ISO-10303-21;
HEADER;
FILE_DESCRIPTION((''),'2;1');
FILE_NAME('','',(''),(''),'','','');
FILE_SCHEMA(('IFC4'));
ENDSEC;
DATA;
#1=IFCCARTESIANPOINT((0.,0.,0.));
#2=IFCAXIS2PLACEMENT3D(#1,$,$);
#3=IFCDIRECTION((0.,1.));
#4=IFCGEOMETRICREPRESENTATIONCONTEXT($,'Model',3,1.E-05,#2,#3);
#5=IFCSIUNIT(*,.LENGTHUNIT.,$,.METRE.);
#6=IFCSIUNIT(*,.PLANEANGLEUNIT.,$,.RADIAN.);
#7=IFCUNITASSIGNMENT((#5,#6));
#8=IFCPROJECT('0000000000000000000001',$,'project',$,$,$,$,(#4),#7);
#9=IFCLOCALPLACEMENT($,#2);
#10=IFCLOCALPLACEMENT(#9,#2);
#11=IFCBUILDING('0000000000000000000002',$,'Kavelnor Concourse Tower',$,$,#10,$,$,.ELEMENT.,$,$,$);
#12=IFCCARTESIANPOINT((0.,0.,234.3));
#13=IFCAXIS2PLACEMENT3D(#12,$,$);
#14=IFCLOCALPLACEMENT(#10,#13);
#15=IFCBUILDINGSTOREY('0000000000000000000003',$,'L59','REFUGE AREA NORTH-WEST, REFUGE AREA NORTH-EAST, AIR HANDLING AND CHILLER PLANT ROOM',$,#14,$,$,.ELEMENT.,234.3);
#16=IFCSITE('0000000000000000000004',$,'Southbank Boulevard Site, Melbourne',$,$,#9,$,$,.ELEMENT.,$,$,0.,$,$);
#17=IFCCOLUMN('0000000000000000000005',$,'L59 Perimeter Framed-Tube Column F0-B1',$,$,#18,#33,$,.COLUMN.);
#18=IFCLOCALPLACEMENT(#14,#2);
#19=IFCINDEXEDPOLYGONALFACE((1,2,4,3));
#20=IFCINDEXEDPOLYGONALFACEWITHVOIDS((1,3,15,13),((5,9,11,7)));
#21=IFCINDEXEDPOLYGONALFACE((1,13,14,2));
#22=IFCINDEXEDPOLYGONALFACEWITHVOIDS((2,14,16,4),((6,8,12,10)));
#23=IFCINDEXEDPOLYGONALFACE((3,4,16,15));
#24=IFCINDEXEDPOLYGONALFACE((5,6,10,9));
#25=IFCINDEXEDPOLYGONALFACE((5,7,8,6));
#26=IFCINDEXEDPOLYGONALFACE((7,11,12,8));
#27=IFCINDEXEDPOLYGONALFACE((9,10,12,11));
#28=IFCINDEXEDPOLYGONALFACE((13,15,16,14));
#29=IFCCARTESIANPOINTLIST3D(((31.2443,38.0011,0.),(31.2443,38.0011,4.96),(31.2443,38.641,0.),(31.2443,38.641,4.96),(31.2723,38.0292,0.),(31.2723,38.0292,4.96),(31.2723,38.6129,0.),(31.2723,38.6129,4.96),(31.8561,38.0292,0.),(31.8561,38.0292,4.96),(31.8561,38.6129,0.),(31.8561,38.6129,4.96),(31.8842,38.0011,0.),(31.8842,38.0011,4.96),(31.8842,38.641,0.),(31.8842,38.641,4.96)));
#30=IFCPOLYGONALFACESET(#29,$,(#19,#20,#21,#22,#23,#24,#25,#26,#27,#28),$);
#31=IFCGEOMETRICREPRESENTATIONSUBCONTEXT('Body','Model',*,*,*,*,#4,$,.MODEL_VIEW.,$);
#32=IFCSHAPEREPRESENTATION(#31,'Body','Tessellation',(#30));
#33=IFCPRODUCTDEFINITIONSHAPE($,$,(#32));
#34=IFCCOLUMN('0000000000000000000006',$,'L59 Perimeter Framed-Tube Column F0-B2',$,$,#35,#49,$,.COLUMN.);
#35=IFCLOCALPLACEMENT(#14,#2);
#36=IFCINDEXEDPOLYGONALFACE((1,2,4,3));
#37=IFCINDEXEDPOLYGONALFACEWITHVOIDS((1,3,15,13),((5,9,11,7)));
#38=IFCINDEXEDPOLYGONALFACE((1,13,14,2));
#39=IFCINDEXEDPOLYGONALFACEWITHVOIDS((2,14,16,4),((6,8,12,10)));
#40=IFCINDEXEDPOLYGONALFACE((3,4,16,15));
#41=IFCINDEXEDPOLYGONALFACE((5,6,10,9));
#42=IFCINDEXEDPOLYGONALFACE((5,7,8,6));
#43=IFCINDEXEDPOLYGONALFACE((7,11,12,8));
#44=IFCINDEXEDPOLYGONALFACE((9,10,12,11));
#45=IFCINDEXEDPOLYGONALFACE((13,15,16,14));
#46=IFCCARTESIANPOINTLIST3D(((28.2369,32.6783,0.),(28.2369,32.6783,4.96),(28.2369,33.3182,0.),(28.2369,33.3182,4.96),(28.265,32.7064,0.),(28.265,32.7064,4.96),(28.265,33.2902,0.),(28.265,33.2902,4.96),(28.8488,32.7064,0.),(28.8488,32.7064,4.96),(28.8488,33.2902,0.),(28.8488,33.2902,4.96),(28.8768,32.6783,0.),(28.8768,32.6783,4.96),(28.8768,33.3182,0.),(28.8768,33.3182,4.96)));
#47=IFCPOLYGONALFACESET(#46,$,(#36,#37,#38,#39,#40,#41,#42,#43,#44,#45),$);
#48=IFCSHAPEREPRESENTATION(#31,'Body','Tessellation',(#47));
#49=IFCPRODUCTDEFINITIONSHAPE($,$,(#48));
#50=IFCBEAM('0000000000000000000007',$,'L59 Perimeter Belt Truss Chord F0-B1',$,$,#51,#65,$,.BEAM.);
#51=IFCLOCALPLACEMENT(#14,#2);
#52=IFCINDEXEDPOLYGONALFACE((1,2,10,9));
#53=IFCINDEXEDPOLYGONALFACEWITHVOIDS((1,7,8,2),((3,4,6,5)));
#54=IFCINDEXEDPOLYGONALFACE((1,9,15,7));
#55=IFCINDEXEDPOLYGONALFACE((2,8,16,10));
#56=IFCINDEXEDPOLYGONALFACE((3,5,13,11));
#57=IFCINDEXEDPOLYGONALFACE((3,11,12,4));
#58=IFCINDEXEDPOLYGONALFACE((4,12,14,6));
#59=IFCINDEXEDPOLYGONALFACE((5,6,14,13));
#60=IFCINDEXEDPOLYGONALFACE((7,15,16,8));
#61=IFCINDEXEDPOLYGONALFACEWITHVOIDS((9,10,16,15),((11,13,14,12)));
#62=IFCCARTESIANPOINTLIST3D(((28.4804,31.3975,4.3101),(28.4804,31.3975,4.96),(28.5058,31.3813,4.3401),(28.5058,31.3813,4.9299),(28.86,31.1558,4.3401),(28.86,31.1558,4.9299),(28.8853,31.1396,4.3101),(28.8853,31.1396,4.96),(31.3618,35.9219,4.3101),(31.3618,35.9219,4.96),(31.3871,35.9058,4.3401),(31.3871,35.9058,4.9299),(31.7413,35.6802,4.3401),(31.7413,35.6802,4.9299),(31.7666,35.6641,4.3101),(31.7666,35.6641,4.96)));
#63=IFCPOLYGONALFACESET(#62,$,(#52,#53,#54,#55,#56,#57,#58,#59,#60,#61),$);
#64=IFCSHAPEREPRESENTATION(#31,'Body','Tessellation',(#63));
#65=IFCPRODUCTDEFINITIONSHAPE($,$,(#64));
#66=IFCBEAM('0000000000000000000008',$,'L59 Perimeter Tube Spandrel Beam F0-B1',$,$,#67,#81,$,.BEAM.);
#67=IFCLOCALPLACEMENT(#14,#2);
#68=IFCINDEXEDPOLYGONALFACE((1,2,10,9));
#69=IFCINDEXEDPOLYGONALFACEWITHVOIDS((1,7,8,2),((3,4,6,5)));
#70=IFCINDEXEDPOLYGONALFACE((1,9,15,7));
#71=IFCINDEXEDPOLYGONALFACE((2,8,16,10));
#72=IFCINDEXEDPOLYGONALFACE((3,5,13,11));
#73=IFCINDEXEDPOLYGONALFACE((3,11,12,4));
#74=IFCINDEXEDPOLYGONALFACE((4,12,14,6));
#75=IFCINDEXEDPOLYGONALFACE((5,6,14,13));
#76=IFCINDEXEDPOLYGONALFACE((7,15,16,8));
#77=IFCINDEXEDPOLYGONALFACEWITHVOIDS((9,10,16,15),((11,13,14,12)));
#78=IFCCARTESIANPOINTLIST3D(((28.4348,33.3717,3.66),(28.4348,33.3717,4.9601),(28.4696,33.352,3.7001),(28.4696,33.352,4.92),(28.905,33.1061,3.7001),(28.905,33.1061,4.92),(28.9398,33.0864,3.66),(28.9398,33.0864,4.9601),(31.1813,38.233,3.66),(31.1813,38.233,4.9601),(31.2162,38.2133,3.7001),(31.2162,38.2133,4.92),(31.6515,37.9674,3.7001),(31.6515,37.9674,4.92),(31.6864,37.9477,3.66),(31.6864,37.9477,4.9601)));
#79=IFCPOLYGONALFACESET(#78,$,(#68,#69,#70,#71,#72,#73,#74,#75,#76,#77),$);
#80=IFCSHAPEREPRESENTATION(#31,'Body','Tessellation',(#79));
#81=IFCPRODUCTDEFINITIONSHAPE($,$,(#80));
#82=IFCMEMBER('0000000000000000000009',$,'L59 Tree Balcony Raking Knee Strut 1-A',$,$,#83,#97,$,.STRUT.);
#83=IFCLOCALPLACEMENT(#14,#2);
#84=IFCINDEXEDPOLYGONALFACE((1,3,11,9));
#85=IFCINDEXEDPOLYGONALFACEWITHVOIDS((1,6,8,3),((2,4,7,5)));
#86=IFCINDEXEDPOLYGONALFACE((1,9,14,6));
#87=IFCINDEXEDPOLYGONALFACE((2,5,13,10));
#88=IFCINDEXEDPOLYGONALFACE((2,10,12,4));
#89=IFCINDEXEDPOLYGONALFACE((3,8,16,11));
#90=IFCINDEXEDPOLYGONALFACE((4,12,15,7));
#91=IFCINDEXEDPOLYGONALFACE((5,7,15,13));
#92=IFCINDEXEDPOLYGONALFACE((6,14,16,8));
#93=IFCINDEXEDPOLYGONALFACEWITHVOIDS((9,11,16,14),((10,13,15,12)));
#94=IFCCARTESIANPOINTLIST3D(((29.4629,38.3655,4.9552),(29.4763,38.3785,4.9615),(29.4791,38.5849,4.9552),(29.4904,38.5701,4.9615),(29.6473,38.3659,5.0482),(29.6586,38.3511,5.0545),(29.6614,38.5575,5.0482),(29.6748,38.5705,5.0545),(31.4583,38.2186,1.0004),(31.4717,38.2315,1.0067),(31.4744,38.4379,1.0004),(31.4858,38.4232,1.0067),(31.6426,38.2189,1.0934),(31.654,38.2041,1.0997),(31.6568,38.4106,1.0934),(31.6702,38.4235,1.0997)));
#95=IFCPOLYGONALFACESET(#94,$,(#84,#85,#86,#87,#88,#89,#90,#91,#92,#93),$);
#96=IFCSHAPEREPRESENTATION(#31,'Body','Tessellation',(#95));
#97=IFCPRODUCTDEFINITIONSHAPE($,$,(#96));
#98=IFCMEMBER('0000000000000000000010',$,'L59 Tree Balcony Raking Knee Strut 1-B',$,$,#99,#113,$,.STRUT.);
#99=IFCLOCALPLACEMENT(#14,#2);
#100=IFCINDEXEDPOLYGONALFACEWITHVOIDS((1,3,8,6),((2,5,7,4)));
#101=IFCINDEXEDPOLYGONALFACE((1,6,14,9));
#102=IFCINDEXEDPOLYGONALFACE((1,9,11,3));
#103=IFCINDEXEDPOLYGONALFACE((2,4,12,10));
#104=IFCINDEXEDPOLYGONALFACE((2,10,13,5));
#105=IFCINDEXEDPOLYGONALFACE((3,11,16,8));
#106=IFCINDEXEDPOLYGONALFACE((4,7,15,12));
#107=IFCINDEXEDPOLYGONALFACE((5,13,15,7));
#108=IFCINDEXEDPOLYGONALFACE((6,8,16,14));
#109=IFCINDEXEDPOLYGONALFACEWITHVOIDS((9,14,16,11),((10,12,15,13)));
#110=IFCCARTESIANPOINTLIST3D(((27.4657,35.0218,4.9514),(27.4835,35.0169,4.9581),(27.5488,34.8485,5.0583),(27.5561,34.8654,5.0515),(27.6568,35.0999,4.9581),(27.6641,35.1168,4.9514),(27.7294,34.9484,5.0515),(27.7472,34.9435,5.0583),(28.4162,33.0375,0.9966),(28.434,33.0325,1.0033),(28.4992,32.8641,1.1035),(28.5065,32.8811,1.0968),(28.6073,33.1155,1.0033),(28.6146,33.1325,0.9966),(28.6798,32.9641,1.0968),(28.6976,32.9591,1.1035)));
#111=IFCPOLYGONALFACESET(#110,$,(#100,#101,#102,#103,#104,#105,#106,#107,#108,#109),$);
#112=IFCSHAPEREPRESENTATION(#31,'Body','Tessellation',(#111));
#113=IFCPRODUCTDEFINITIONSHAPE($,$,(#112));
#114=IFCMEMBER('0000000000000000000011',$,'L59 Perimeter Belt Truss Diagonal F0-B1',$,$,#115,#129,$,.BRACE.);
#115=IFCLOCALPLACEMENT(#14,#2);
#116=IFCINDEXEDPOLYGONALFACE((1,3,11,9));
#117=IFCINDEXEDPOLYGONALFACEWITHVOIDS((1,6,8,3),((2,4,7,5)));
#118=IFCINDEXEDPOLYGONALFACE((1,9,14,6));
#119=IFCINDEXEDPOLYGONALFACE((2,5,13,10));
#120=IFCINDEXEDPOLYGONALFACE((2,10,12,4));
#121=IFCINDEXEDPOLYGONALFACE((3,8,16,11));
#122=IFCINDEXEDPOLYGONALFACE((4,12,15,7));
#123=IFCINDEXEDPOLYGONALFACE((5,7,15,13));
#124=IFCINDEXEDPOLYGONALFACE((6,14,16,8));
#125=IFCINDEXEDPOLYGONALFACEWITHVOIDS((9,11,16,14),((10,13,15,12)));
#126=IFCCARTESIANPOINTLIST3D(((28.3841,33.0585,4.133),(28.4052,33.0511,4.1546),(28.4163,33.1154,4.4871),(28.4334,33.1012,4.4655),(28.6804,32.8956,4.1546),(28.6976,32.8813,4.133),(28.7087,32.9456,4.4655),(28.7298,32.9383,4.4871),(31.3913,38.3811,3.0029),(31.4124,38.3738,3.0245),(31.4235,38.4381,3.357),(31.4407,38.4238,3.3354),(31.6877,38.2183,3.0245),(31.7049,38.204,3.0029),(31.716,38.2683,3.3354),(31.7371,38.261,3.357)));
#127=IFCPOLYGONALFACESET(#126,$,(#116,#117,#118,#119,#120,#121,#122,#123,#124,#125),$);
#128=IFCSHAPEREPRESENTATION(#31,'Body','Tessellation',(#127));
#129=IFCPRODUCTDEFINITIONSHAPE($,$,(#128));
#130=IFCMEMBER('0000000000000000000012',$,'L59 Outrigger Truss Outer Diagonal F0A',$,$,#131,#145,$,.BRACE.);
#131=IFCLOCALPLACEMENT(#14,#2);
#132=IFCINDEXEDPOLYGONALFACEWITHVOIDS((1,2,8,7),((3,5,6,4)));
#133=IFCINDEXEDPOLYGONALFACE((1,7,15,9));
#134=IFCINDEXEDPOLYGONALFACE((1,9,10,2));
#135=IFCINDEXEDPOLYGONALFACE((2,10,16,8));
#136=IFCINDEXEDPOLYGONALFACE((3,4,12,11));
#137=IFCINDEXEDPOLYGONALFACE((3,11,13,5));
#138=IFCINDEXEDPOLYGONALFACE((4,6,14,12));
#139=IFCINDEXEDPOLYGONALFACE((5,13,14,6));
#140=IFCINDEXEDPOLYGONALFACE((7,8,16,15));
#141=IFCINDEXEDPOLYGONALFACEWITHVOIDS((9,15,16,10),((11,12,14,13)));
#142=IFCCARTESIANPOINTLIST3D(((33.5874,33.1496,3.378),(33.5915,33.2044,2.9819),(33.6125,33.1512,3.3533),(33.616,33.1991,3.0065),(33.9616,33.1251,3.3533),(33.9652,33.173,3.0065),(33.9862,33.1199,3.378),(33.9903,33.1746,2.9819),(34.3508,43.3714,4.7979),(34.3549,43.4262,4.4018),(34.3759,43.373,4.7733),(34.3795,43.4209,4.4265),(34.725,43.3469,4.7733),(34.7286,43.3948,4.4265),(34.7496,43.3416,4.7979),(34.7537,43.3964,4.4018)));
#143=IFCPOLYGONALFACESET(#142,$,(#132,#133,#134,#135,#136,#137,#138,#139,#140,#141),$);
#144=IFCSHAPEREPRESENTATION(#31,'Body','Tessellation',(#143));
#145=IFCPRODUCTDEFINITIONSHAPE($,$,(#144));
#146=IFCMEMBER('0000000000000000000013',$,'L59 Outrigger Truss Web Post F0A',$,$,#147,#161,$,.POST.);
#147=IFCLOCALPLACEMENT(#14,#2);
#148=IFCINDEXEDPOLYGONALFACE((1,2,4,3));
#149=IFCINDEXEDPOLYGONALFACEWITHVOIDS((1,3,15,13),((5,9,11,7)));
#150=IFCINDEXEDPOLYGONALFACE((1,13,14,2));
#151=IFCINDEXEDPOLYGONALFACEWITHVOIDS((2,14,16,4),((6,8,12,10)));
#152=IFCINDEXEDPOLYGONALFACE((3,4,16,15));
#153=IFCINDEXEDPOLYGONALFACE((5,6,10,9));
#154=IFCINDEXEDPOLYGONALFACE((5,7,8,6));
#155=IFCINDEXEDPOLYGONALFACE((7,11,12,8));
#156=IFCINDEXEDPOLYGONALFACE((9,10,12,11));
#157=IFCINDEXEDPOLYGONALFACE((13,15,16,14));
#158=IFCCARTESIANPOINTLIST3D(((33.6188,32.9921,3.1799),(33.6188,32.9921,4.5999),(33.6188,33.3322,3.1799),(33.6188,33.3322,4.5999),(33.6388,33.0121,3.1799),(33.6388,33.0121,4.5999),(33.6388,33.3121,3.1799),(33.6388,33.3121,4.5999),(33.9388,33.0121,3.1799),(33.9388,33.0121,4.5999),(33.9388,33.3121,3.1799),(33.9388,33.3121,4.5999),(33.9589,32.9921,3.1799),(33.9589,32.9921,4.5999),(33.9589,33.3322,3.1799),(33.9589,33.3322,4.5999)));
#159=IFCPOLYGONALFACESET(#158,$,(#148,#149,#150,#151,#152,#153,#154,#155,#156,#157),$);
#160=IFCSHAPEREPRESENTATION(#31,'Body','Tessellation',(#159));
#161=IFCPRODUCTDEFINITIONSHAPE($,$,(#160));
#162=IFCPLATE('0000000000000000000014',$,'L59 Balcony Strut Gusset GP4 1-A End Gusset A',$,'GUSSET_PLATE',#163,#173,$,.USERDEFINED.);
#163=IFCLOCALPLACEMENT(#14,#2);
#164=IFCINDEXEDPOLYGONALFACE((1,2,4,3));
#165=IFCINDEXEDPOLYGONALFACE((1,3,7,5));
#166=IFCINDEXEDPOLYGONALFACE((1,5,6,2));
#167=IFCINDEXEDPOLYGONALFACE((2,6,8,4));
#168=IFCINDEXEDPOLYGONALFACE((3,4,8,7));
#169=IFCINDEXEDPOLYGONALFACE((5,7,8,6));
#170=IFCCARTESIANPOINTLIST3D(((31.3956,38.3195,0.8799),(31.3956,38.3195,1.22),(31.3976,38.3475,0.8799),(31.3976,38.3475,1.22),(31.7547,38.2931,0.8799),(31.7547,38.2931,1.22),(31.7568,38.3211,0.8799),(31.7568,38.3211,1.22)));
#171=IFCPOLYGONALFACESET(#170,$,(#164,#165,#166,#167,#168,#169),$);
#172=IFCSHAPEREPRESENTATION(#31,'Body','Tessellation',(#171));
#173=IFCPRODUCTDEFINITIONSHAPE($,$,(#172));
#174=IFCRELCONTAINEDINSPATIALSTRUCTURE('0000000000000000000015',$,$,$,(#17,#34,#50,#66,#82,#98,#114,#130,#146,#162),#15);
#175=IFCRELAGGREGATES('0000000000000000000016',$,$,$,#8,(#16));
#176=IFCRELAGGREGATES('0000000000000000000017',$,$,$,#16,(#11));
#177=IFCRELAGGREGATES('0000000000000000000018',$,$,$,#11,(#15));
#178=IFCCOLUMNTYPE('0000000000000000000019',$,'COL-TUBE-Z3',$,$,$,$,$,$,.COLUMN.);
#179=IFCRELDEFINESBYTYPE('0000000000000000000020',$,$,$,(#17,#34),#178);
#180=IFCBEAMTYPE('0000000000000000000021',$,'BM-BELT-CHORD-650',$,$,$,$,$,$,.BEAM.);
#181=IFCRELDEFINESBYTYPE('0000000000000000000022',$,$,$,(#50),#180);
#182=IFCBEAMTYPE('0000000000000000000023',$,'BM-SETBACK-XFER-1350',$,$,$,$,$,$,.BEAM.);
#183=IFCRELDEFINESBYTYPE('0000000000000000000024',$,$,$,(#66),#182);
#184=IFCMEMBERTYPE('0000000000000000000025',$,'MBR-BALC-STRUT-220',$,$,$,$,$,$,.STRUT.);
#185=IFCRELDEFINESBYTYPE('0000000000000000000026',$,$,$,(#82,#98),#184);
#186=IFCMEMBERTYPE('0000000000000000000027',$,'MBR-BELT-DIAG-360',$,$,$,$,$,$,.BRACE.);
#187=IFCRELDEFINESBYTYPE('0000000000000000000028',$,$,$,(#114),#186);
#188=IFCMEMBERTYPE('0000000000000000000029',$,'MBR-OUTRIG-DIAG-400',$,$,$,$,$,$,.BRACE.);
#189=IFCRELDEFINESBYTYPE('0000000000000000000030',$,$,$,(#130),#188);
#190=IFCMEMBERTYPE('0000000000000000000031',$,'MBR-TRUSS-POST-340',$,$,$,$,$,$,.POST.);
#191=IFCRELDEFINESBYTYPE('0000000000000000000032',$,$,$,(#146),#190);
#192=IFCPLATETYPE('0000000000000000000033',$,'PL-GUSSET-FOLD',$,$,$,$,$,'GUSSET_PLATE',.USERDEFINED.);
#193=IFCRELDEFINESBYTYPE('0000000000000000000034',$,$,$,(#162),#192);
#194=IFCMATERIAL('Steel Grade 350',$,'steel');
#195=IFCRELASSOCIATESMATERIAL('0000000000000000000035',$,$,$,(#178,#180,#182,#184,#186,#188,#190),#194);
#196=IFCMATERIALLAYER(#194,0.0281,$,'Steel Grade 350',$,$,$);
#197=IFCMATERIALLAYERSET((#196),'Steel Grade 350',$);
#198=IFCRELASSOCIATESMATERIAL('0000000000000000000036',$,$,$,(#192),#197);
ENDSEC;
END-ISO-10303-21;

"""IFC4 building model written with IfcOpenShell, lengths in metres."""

from ifc_helpers import new_model, si_unit, direction, frame, origin, origin_2d, place, context, subcontext, project, spatial, rectangle, hollow_rectangle, extrude, material, layer, layer_set, material_profile, profile_set, type_object, element, save


model = new_model("IFC4")

# Units and contexts
model_context = context("Model", 3, precision=1e-05, world=origin(), true_north=direction((0.0, 1.0)))
body_context = subcontext(model_context, "Body", "Model", "MODEL_VIEW")
ifc_project = project(units=[si_unit("LENGTHUNIT", "METRE"), si_unit("PLANEANGLEUNIT", "RADIAN")], contexts=[model_context])

# Site, building, storey
site_placement = place(None, origin())
site = spatial("IfcSite", under=ifc_project, at=site_placement, Name="Southbank Boulevard Site, Melbourne", CompositionType="ELEMENT", RefElevation=0.0)
building_placement = place(site_placement, origin())
building = spatial("IfcBuilding", under=site, at=building_placement, Name="Kavelnor Concourse Tower", CompositionType="ELEMENT")
storey_placement = place(building_placement, frame((0.0, 0.0, 234.3)))
storey = spatial("IfcBuildingStorey", under=building, at=storey_placement, Name="L59", Description="REFUGE AREA NORTH-WEST, REFUGE AREA NORTH-EAST, AIR HANDLING AND CHILLER PLANT ROOM", CompositionType="ELEMENT", Elevation=234.3)

# Columns
ifc_material_1 = material(Name="Steel Grade 350", Category="steel")
ifc_material_profile_1 = material_profile(ifc_material_1, hollow_rectangle(XDim=0.6399, YDim=0.6399, WallThickness=0.0281, at=origin_2d()), Name="SHS 640x640x28")
ifc_profile_set_1 = profile_set([ifc_material_profile_1], Name="Steel Grade 350")
column_type = type_object("IfcColumnType", Name="COL-TUBE-Z3", PredefinedType="COLUMN", material=ifc_profile_set_1)
for number, where, z_axis, x_axis, name in (
    (1, (31.5642, 38.321, 0.0), (0.0, 0.0, 1.0), (1.0, 0.0, 0.0), "L59 Perimeter Framed-Tube Column F0-B1"),
    (2, (28.5569, 32.9983, 0.0), (0.0, 0.0, 1.0), (1.0, 0.0, 0.0), "L59 Perimeter Framed-Tube Column F0-B2"),
):
    element("IfcColumn", number, at=place(storey_placement, frame(where, z_axis=z_axis, x_axis=x_axis)), inside=storey, type_object=column_type, Name=name, PredefinedType="COLUMN", context=body_context, shape_type="SweptSolid", body=[
        extrude(hollow_rectangle(XDim=0.6399, YDim=0.6399, WallThickness=0.0281, at=origin_2d()), origin(), (0.0, 0.0, 1.0), 4.96),
    ])

# Beams
ifc_material_profile_2 = material_profile(ifc_material_1, hollow_rectangle(XDim=0.48, YDim=0.6499, WallThickness=0.03, at=origin_2d()), Name="RHS 650x480x30")
ifc_profile_set_2 = profile_set([ifc_material_profile_2], Name="Steel Grade 350")
beam_type_1 = type_object("IfcBeamType", Name="BM-BELT-CHORD-650", PredefinedType="BEAM", material=ifc_profile_set_2)
beam_1_placement = place(storey_placement, frame((31.5642, 35.793, 4.635), z_axis=(-0.537164, -0.843478, 0.0), x_axis=(0.843478, -0.537164, 0.0)))
element("IfcBeam", 3, at=beam_1_placement, inside=storey, type_object=beam_type_1, Name="L59 Perimeter Belt Truss Chord F0-B1", PredefinedType="BEAM", context=body_context, shape_type="SweptSolid", body=[
    extrude(hollow_rectangle(XDim=0.48, YDim=0.6499, WallThickness=0.03, at=origin_2d()), origin(), (0.0, 0.0, 1.0), 5.364),
])
ifc_material_profile_3 = material_profile(ifc_material_1, hollow_rectangle(XDim=0.5801, YDim=1.3, WallThickness=0.04, at=origin_2d()), Name="RHS 1300x580x40")
ifc_profile_set_3 = profile_set([ifc_material_profile_3], Name="Steel Grade 350")
beam_type_2 = type_object("IfcBeamType", Name="BM-SETBACK-XFER-1350", PredefinedType="BEAM", material=ifc_profile_set_3)
beam_2_placement = place(storey_placement, frame((31.4338, 38.0903, 4.3101), z_axis=(-0.491905, -0.870649, 0.0), x_axis=(0.870649, -0.491905, 0.0)))
element("IfcBeam", 4, at=beam_2_placement, inside=storey, type_object=beam_type_2, Name="L59 Perimeter Tube Spandrel Beam F0-B1", PredefinedType="BEAM", context=body_context, shape_type="SweptSolid", body=[
    extrude(hollow_rectangle(XDim=0.5801, YDim=1.3, WallThickness=0.04, at=origin_2d()), origin(), (0.0, 0.0, 1.0), 5.5835),
])

# Members
ifc_material_profile_4 = material_profile(ifc_material_1, hollow_rectangle(XDim=0.22, YDim=0.22, WallThickness=0.0139, at=origin_2d()), Name="SHS 220x220x14")
ifc_profile_set_4 = profile_set([ifc_material_profile_4], Name="Steel Grade 350")
member_type_1 = type_object("IfcMemberType", Name="MBR-BALC-STRUT-220", PredefinedType="STRUT", material=ifc_profile_set_4)
member_1_placement = place(storey_placement, frame((31.5642, 38.321, 1.05), z_axis=(-0.450204, 0.033161, 0.89231), x_axis=(-0.073458, -0.997298, 0.0)))
element("IfcMember", 5, at=member_1_placement, inside=storey, type_object=member_type_1, Name="L59 Tree Balcony Raking Knee Strut 1-A", PredefinedType="STRUT", context=body_context, shape_type="SweptSolid", body=[
    extrude(hollow_rectangle(XDim=0.22, YDim=0.22, WallThickness=0.0139, at=origin_2d()), origin(), (0.0, 0.0, 1.0), 4.4321),
])
member_2_placement = place(storey_placement, frame((28.5569, 32.9983, 1.05), z_axis=(-0.21001, 0.43847, 0.873865), x_axis=(-0.901888, -0.43197, 0.0)))
element("IfcMember", 6, at=member_2_placement, inside=storey, type_object=member_type_1, Name="L59 Tree Balcony Raking Knee Strut 1-B", PredefinedType="STRUT", context=body_context, shape_type="SweptSolid", body=[
    extrude(hollow_rectangle(XDim=0.22, YDim=0.22, WallThickness=0.0139, at=origin_2d()), origin(), (0.0, 0.0, 1.0), 4.5256),
])
ifc_material_profile_5 = material_profile(ifc_material_1, hollow_rectangle(XDim=0.3601, YDim=0.3601, WallThickness=0.022, at=origin_2d()), Name="SHS 360x360x22")
ifc_profile_set_5 = profile_set([ifc_material_profile_5], Name="Steel Grade 350")
member_type_2 = type_object("IfcMemberType", Name="MBR-BELT-DIAG-360", PredefinedType="BRACE", material=ifc_profile_set_5)
member_3_placement = place(storey_placement, frame((31.5642, 38.321, 3.1799), z_axis=(-0.483715, -0.856141, 0.181776), x_axis=(0.870646, -0.49191, 0.0)))
element("IfcMember", 7, at=member_3_placement, inside=storey, type_object=member_type_2, Name="L59 Perimeter Belt Truss Diagonal F0-B1", PredefinedType="BRACE", context=body_context, shape_type="SweptSolid", body=[
    extrude(hollow_rectangle(XDim=0.3601, YDim=0.3601, WallThickness=0.022, at=origin_2d()), origin(), (0.0, 0.0, 1.0), 6.217),
])
ifc_material_profile_6 = material_profile(ifc_material_1, hollow_rectangle(XDim=0.3999, YDim=0.3999, WallThickness=0.0249, at=origin_2d()), Name="SHS 400x400x25")
ifc_profile_set_6 = profile_set([ifc_material_profile_6], Name="Steel Grade 350")
member_type_3 = type_object("IfcMemberType", Name="MBR-OUTRIG-DIAG-400", PredefinedType="BRACE", material=ifc_profile_set_6)
member_4_placement = place(storey_placement, frame((33.7888, 33.1621, 3.1799), z_axis=(0.073775, 0.98779, 0.137217), x_axis=(-0.997223, 0.07448, 0.0)))
element("IfcMember", 8, at=member_4_placement, inside=storey, type_object=member_type_3, Name="L59 Outrigger Truss Outer Diagonal F0A", PredefinedType="BRACE", context=body_context, shape_type="SweptSolid", body=[
    extrude(hollow_rectangle(XDim=0.3999, YDim=0.3999, WallThickness=0.0249, at=origin_2d()), origin(), (0.0, 0.0, 1.0), 10.3481),
])
ifc_material_profile_7 = material_profile(ifc_material_1, hollow_rectangle(XDim=0.3401, YDim=0.3401, WallThickness=0.02, at=origin_2d()), Name="SHS 340x340x20")
ifc_profile_set_7 = profile_set([ifc_material_profile_7], Name="Steel Grade 350")
member_type_4 = type_object("IfcMemberType", Name="MBR-TRUSS-POST-340", PredefinedType="POST", material=ifc_profile_set_7)
member_5_placement = place(storey_placement, frame((33.7888, 33.1621, 3.1799), z_axis=(0.0, 0.0, 1.0), x_axis=(1.0, 0.0, 0.0)))
element("IfcMember", 9, at=member_5_placement, inside=storey, type_object=member_type_4, Name="L59 Outrigger Truss Web Post F0A", PredefinedType="POST", context=body_context, shape_type="SweptSolid", body=[
    extrude(hollow_rectangle(XDim=0.3401, YDim=0.3401, WallThickness=0.02, at=origin_2d()), origin(), (0.0, 0.0, 1.0), 1.4199),
])

# Plate
ifc_layer_1 = layer(ifc_material_1, 0.0281, Name="Steel Grade 350")
ifc_layer_set_1 = layer_set([ifc_layer_1], Name="Steel Grade 350")
plate_type_1 = type_object("IfcPlateType", Name="PL-GUSSET-FOLD", ElementType="GUSSET_PLATE", PredefinedType="USERDEFINED", material=ifc_layer_set_1)
for number, where, z_axis, x_axis, name in (
    (10, (31.5762, 38.3203, 0.8799), (0.0, 0.0, 1.0), (-0.997302, 0.073412, 0.0), "L59 Balcony Strut Gusset GP4 1-A End Gusset A"),
):
    element("IfcPlate", number, at=place(storey_placement, frame(where, z_axis=z_axis, x_axis=x_axis)), inside=storey, type_object=plate_type_1, Name=name, ObjectType="GUSSET_PLATE", PredefinedType="USERDEFINED", context=body_context, shape_type="SweptSolid", body=[
        extrude(rectangle(XDim=0.3601, YDim=0.0281, at=origin_2d()), origin(), (0.0, 0.0, 1.0), 0.3401),
    ])

save(model, "model.ifc")
